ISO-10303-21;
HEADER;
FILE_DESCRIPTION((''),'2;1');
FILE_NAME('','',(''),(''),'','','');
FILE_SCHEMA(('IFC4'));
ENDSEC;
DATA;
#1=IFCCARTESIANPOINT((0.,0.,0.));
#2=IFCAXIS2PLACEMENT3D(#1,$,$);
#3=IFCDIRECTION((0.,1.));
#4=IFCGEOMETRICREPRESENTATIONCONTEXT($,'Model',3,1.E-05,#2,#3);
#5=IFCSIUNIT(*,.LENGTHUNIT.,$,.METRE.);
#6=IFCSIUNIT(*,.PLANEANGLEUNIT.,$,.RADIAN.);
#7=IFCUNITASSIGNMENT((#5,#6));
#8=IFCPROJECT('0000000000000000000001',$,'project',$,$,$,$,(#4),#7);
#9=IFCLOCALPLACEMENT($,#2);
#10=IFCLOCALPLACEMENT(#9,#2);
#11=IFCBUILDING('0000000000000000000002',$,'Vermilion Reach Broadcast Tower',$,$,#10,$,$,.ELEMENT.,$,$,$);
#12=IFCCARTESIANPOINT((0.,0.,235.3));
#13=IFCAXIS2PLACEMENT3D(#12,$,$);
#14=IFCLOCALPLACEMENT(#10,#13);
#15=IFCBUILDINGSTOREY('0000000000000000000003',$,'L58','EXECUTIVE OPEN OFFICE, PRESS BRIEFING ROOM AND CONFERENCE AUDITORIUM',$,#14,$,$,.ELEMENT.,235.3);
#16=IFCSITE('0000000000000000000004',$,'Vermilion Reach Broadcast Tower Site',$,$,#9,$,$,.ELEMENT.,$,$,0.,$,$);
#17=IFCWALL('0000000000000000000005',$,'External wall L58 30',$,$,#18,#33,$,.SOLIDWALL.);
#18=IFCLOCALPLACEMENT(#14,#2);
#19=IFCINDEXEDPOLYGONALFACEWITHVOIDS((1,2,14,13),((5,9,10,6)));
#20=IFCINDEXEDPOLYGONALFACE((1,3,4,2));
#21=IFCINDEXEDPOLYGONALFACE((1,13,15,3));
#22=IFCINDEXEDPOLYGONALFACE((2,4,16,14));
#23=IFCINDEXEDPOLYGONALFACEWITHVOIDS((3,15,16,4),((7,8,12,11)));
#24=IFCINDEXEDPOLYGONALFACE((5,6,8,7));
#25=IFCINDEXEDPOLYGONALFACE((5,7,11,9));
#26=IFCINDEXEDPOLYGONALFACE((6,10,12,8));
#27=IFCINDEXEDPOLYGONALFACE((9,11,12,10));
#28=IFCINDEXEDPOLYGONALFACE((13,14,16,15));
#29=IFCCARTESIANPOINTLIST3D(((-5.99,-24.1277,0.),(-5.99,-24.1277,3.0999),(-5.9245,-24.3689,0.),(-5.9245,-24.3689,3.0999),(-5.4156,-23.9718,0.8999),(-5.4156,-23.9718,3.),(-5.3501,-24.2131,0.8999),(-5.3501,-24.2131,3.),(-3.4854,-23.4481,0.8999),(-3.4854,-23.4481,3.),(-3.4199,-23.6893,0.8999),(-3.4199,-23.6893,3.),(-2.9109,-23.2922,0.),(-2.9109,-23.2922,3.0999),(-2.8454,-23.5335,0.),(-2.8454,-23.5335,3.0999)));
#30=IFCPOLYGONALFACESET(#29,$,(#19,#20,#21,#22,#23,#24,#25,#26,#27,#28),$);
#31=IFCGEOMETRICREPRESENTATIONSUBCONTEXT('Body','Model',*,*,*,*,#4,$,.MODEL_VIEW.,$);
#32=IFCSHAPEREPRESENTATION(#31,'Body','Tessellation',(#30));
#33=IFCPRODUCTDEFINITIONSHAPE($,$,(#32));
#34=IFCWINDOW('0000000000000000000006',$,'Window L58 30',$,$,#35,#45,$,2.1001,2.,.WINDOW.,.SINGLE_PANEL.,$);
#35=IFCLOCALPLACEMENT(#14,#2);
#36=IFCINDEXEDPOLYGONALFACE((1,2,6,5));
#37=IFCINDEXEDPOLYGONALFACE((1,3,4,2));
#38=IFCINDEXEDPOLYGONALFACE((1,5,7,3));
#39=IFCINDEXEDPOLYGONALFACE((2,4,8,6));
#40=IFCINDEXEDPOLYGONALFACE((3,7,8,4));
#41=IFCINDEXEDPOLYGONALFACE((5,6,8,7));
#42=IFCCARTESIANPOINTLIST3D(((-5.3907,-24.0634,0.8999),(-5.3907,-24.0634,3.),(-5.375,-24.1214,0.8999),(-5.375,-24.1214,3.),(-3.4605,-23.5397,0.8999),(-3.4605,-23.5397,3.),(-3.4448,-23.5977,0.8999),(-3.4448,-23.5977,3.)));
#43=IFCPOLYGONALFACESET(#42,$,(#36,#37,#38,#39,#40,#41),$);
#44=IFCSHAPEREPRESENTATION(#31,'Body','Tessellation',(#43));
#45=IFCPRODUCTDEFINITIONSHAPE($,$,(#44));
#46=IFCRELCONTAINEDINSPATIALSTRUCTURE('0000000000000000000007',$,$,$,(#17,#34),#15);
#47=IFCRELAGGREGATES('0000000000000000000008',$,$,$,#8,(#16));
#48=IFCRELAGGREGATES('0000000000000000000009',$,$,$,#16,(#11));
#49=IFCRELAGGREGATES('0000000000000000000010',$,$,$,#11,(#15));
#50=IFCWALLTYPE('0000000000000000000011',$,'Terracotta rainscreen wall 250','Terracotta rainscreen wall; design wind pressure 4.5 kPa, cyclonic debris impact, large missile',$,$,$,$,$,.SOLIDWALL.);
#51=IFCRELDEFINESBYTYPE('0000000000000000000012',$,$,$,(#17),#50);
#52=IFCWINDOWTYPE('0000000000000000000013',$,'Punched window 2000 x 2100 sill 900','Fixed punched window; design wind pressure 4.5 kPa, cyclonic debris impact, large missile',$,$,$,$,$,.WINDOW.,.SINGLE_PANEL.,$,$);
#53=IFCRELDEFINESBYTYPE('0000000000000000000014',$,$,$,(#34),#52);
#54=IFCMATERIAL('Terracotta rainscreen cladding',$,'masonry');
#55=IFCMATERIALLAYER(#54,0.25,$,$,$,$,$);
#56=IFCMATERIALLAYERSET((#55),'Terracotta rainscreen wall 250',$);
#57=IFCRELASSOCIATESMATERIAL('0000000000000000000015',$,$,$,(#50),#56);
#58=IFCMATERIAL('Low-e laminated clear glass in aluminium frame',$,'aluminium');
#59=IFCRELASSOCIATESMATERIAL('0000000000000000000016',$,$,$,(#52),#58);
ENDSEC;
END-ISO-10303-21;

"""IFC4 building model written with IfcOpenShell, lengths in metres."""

from ifc_helpers import new_model, si_unit, direction, frame, frame_2d, origin, place, context, subcontext, project, spatial, rectangle, extrude, material, layer, layer_set, type_object, element, fill, save


model = new_model("IFC4")

# Units and contexts
model_context = context("Model", 3, precision=1e-05, world=origin(), true_north=direction((0.0, 1.0)))
body_context = subcontext(model_context, "Body", "Model", "MODEL_VIEW")
ifc_project = project(units=[si_unit("LENGTHUNIT", "METRE"), si_unit("PLANEANGLEUNIT", "RADIAN")], contexts=[model_context])

# Site, building, storey
site_placement = place(None, origin())
site = spatial("IfcSite", under=ifc_project, at=site_placement, Name="Vermilion Reach Broadcast Tower Site", CompositionType="ELEMENT", RefElevation=0.0)
building_placement = place(site_placement, origin())
building = spatial("IfcBuilding", under=site, at=building_placement, Name="Vermilion Reach Broadcast Tower", CompositionType="ELEMENT")
storey_placement = place(building_placement, frame((0.0, 0.0, 235.3)))
storey = spatial("IfcBuildingStorey", under=building, at=storey_placement, Name="L58", Description="EXECUTIVE OPEN OFFICE, PRESS BRIEFING ROOM AND CONFERENCE AUDITORIUM", CompositionType="ELEMENT", Elevation=235.3)

# Shared definitions
ifc_material_1 = material(Name="Terracotta rainscreen cladding", Category="masonry")
ifc_layer_1 = layer(ifc_material_1, 0.25)
ifc_layer_set_1 = layer_set([ifc_layer_1], Name="Terracotta rainscreen wall 250")
wall_type_1 = type_object("IfcWallType", Name="Terracotta rainscreen wall 250", Description="Terracotta rainscreen wall; design wind pressure 4.5 kPa, cyclonic debris impact, large missile", PredefinedType="SOLIDWALL", material=ifc_layer_set_1)

# Wall, opening, window
ifc_material_2 = material(Name="Low-e laminated clear glass in aluminium frame", Category="aluminium")
window_type = type_object("IfcWindowType", Name="Punched window 2000 x 2100 sill 900", Description="Fixed punched window; design wind pressure 4.5 kPa, cyclonic debris impact, large missile", PartitioningType="SINGLE_PANEL", PredefinedType="WINDOW", material=ifc_material_2)
wall_1_placement = place(storey_placement, frame((-5.9573, -24.2483, 0.0), z_axis=(0.0, 0.0, 1.0), x_axis=(0.965106, 0.261861, 0.0)))
wall_1 = element("IfcWall", 1, at=wall_1_placement, inside=storey, type_object=wall_type_1, Name="External wall L58 30", PredefinedType="SOLIDWALL", context=body_context, shape_type="SweptSolid", body=[
    extrude(rectangle(XDim=3.1904, YDim=0.25, at=frame_2d((1.5952, 0.0))), origin(), (0.0, 0.0, 1.0), 3.0999),
])
opening_1_placement = place(wall_1_placement, frame((0.5952, 0.0, 0.8999)))
opening_1 = element("IfcOpeningElement", 2, at=opening_1_placement, cuts=wall_1, PredefinedType="OPENING", context=body_context, shape_type="SweptSolid", body=[
    extrude(rectangle(XDim=2.0, YDim=2.1001, at=frame_2d((1.0, 1.05))), frame((0.0, 0.135, 0.0), z_axis=(0.0, -1.0, 0.0), x_axis=(1.0, 0.0, 0.0)), (0.0, 0.0, 1.0), 0.27),
])
window_1_placement = place(opening_1_placement, origin())
window_1 = element("IfcWindow", 3, at=window_1_placement, inside=storey, type_object=window_type, Name="Window L58 30", OverallHeight=2.1001, OverallWidth=2.0, PartitioningType="SINGLE_PANEL", PredefinedType="WINDOW", context=body_context, shape_type="SweptSolid", body=[
    extrude(rectangle(XDim=2.0, YDim=2.1001, at=frame_2d((1.0, 1.05))), frame((0.0, 0.03, 0.0), z_axis=(0.0, -1.0, 0.0), x_axis=(1.0, 0.0, 0.0)), (0.0, 0.0, 1.0), 0.0601),
])
fill(opening_1, window_1)

save(model, "model.ifc")
